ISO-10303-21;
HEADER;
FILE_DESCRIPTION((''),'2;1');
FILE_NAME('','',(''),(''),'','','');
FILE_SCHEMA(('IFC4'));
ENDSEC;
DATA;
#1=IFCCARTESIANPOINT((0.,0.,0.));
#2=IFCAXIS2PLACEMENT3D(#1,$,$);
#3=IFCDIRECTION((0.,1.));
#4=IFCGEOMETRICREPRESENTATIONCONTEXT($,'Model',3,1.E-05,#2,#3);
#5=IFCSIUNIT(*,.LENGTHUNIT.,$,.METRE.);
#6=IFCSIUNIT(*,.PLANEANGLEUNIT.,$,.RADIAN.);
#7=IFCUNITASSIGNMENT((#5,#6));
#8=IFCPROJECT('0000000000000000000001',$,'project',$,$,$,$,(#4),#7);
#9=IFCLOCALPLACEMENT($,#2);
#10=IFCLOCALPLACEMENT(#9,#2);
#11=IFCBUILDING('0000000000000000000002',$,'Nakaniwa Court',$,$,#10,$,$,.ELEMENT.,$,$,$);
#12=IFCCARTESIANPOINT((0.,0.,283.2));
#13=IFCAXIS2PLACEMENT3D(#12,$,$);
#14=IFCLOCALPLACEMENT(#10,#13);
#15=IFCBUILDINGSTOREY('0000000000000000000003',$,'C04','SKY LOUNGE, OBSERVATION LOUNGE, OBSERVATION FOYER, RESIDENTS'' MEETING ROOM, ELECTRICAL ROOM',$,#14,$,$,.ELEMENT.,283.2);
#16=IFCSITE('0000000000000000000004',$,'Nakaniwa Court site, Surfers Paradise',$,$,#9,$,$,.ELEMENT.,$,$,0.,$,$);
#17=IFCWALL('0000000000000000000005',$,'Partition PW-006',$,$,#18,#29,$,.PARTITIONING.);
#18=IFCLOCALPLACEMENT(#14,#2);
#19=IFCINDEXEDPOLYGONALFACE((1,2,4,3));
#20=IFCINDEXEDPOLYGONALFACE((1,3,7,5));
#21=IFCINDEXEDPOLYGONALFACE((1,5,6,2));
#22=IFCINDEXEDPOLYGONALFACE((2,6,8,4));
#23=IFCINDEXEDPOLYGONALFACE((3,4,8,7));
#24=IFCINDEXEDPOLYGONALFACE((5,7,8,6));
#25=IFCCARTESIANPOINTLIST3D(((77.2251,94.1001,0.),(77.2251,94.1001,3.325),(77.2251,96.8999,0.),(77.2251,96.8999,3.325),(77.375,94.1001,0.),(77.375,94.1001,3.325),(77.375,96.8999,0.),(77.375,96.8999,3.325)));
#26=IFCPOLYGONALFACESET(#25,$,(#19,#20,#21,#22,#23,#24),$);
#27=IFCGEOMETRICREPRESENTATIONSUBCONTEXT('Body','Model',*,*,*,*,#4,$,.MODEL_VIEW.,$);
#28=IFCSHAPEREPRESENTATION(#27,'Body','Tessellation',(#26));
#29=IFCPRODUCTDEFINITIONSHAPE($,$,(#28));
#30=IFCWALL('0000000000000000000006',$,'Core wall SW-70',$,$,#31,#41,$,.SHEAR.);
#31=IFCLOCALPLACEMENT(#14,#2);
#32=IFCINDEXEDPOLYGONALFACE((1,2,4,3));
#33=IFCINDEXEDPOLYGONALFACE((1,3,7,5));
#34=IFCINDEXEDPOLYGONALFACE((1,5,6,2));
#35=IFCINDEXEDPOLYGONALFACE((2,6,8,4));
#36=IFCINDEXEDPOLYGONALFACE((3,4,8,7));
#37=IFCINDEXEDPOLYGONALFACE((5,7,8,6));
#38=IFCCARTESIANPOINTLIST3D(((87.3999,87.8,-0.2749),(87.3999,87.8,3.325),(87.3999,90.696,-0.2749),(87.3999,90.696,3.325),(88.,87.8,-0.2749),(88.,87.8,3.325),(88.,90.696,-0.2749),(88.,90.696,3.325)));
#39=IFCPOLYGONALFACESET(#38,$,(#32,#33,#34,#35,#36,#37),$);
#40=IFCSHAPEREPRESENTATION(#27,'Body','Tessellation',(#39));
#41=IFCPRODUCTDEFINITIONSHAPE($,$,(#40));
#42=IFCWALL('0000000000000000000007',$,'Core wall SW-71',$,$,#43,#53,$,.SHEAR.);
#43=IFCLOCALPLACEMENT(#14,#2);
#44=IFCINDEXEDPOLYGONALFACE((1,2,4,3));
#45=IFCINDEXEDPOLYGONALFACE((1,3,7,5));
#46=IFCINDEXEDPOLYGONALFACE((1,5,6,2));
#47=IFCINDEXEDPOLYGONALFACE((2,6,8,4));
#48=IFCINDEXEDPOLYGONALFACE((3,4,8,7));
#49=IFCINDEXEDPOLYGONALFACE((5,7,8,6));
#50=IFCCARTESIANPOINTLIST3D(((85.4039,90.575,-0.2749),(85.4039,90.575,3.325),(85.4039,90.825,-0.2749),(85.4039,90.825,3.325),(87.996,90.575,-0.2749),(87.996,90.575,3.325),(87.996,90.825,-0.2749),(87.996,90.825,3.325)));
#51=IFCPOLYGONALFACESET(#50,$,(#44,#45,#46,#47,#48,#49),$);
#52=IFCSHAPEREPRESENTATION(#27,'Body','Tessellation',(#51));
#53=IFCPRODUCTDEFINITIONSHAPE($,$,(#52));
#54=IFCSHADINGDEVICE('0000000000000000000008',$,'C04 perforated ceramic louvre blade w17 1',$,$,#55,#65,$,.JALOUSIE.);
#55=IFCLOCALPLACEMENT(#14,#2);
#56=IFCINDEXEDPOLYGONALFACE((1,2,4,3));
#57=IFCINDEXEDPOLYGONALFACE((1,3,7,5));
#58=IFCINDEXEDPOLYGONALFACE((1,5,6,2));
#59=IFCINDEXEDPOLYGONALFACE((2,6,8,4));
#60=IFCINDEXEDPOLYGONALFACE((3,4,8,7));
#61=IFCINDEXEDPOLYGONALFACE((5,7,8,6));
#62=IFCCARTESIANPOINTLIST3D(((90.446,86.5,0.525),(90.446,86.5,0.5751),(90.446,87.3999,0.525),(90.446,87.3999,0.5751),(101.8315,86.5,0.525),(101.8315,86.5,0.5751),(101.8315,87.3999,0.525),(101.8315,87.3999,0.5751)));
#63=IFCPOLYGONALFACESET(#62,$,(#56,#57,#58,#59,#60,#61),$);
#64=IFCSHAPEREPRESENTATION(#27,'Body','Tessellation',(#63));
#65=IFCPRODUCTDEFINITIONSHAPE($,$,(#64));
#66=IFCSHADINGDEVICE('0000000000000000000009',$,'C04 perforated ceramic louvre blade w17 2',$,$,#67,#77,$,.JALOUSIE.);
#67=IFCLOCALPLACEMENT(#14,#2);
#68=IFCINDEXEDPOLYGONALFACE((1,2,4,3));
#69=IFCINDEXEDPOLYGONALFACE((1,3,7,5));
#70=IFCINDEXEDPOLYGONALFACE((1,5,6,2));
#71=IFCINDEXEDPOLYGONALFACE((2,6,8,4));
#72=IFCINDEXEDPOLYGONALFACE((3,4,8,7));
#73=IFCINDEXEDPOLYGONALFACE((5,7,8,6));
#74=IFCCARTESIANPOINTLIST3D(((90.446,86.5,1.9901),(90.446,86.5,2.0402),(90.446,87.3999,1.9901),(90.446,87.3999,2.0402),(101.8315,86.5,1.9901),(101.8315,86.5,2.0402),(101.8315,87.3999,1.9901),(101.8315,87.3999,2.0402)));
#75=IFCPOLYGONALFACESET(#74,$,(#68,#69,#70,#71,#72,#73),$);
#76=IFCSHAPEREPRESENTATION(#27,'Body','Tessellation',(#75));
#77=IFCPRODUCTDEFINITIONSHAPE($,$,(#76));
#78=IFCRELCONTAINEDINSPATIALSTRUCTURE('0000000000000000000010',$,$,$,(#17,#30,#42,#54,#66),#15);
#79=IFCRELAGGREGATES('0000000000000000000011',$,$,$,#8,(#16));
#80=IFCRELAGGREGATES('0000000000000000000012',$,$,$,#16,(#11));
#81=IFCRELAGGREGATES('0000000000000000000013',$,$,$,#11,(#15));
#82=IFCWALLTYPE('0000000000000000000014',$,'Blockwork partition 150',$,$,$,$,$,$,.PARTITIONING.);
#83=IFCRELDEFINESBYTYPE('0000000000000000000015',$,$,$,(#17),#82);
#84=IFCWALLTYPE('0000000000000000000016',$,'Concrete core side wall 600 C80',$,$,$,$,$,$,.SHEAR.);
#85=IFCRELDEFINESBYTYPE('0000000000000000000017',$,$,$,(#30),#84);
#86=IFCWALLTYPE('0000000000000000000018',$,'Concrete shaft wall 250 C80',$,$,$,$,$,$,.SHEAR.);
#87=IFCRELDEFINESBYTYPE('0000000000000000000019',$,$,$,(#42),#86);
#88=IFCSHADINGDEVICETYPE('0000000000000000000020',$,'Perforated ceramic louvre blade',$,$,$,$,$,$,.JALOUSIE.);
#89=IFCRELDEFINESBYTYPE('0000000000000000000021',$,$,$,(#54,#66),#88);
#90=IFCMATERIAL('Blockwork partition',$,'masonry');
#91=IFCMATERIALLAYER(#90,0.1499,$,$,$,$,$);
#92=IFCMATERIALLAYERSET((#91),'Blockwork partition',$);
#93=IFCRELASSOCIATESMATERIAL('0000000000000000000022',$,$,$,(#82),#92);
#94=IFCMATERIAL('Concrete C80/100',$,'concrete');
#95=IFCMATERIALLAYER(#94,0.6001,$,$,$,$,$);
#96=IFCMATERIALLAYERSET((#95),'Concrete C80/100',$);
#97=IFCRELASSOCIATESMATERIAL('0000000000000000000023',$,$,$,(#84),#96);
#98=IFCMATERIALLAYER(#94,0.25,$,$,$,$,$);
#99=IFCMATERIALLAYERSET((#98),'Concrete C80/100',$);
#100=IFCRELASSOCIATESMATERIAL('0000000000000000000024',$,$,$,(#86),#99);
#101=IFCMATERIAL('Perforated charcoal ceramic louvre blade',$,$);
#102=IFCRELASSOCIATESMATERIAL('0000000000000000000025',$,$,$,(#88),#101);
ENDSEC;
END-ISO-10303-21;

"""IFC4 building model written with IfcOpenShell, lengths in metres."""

from ifc_helpers import new_model, si_unit, direction, frame, frame_2d, origin, origin_2d, place, context, subcontext, project, spatial, rectangle, extrude, material, layer, layer_set, material_profile, profile_set, type_object, element, save


model = new_model("IFC4")

# Units and contexts
model_context = context("Model", 3, precision=1e-05, world=origin(), true_north=direction((0.0, 1.0)))
body_context = subcontext(model_context, "Body", "Model", "MODEL_VIEW")
ifc_project = project(units=[si_unit("LENGTHUNIT", "METRE"), si_unit("PLANEANGLEUNIT", "RADIAN")], contexts=[model_context])

# Site, building, storey
site_placement = place(None, origin())
site = spatial("IfcSite", under=ifc_project, at=site_placement, Name="Nakaniwa Court site, Surfers Paradise", CompositionType="ELEMENT", RefElevation=0.0)
building_placement = place(site_placement, origin())
building = spatial("IfcBuilding", under=site, at=building_placement, Name="Nakaniwa Court", CompositionType="ELEMENT")
storey_placement = place(building_placement, frame((0.0, 0.0, 283.2)))
storey = spatial("IfcBuildingStorey", under=building, at=storey_placement, Name="C04", Description="SKY LOUNGE, OBSERVATION LOUNGE, OBSERVATION FOYER, RESIDENTS' MEETING ROOM, ELECTRICAL ROOM", CompositionType="ELEMENT", Elevation=283.2)

# Shared definitions
ifc_material_1 = material(Name="Concrete C80/100", Category="concrete")

# Shared definitions
ifc_material_2 = material(Name="Blockwork partition", Category="masonry")
ifc_layer_1 = layer(ifc_material_2, 0.1499)
ifc_layer_set_1 = layer_set([ifc_layer_1], Name="Blockwork partition")
wall_type_1 = type_object("IfcWallType", Name="Blockwork partition 150", PredefinedType="PARTITIONING", material=ifc_layer_set_1)

# Walls
wall_1_placement = place(storey_placement, frame((77.3, 94.1001, 0.0), z_axis=(0.0, 0.0, 1.0), x_axis=(0.0, 1.0, 0.0)))
element("IfcWall", 1, at=wall_1_placement, inside=storey, type_object=wall_type_1, Name="Partition PW-006", PredefinedType="PARTITIONING", context=body_context, shape_type="SweptSolid", body=[
    extrude(rectangle(XDim=2.7998, YDim=0.1499, at=frame_2d((1.3999, 0.0))), origin(), (0.0, 0.0, 1.0), 3.325),
])
ifc_layer_2 = layer(ifc_material_1, 0.6001)
ifc_layer_set_2 = layer_set([ifc_layer_2], Name="Concrete C80/100")
wall_type_2 = type_object("IfcWallType", Name="Concrete core side wall 600 C80", PredefinedType="SHEAR", material=ifc_layer_set_2)
wall_2_placement = place(storey_placement, frame((87.7, 87.8, -0.2749), z_axis=(0.0, 0.0, 1.0), x_axis=(0.0, 1.0, 0.0)))
element("IfcWall", 2, at=wall_2_placement, inside=storey, type_object=wall_type_2, Name="Core wall SW-70", PredefinedType="SHEAR", context=body_context, shape_type="SweptSolid", body=[
    extrude(rectangle(XDim=2.896, YDim=0.6001, at=frame_2d((1.448, 0.0))), origin(), (0.0, 0.0, 1.0), 3.5999),
])
ifc_layer_3 = layer(ifc_material_1, 0.25)
ifc_layer_set_3 = layer_set([ifc_layer_3], Name="Concrete C80/100")
wall_type_3 = type_object("IfcWallType", Name="Concrete shaft wall 250 C80", PredefinedType="SHEAR", material=ifc_layer_set_3)
wall_3_placement = place(storey_placement, frame((85.4041, 90.7, -0.2749), z_axis=(0.0, 0.0, 1.0), x_axis=(1.0, 0.0, 0.0)))
element("IfcWall", 3, at=wall_3_placement, inside=storey, type_object=wall_type_3, Name="Core wall SW-71", PredefinedType="SHEAR", context=body_context, shape_type="SweptSolid", body=[
    extrude(rectangle(XDim=2.592, YDim=0.25, at=frame_2d((1.2959, 0.0))), origin(), (0.0, 0.0, 1.0), 3.5999),
])

# Shading devices
ifc_material_3 = material(Name="Perforated charcoal ceramic louvre blade")
ifc_material_profile_1 = material_profile(ifc_material_3, rectangle(XDim=0.8999, YDim=0.05, at=origin_2d()), Name="Perforated ceramic louvre blade")
ifc_profile_set_1 = profile_set([ifc_material_profile_1], Name="Perforated charcoal ceramic louvre blade")
shading_device_type = type_object("IfcShadingDeviceType", Name="Perforated ceramic louvre blade", PredefinedType="JALOUSIE", material=ifc_profile_set_1)
for number, where, z_axis, x_axis, name in (
    (4, (90.446, 86.95, 0.55), (1.0, 0.0, 0.0), (0.0, 1.0, 0.0), "C04 perforated ceramic louvre blade w17 1"),
    (5, (90.446, 86.95, 2.0151), (1.0, 0.0, 0.0), (0.0, 1.0, 0.0), "C04 perforated ceramic louvre blade w17 2"),
):
    element("IfcShadingDevice", number, at=place(storey_placement, frame(where, z_axis=z_axis, x_axis=x_axis)), inside=storey, type_object=shading_device_type, Name=name, PredefinedType="JALOUSIE", context=body_context, shape_type="SweptSolid", body=[
        extrude(rectangle(XDim=0.8999, YDim=0.05, at=origin_2d()), origin(), (0.0, 0.0, 1.0), 11.3855),
    ])

save(model, "model.ifc")
